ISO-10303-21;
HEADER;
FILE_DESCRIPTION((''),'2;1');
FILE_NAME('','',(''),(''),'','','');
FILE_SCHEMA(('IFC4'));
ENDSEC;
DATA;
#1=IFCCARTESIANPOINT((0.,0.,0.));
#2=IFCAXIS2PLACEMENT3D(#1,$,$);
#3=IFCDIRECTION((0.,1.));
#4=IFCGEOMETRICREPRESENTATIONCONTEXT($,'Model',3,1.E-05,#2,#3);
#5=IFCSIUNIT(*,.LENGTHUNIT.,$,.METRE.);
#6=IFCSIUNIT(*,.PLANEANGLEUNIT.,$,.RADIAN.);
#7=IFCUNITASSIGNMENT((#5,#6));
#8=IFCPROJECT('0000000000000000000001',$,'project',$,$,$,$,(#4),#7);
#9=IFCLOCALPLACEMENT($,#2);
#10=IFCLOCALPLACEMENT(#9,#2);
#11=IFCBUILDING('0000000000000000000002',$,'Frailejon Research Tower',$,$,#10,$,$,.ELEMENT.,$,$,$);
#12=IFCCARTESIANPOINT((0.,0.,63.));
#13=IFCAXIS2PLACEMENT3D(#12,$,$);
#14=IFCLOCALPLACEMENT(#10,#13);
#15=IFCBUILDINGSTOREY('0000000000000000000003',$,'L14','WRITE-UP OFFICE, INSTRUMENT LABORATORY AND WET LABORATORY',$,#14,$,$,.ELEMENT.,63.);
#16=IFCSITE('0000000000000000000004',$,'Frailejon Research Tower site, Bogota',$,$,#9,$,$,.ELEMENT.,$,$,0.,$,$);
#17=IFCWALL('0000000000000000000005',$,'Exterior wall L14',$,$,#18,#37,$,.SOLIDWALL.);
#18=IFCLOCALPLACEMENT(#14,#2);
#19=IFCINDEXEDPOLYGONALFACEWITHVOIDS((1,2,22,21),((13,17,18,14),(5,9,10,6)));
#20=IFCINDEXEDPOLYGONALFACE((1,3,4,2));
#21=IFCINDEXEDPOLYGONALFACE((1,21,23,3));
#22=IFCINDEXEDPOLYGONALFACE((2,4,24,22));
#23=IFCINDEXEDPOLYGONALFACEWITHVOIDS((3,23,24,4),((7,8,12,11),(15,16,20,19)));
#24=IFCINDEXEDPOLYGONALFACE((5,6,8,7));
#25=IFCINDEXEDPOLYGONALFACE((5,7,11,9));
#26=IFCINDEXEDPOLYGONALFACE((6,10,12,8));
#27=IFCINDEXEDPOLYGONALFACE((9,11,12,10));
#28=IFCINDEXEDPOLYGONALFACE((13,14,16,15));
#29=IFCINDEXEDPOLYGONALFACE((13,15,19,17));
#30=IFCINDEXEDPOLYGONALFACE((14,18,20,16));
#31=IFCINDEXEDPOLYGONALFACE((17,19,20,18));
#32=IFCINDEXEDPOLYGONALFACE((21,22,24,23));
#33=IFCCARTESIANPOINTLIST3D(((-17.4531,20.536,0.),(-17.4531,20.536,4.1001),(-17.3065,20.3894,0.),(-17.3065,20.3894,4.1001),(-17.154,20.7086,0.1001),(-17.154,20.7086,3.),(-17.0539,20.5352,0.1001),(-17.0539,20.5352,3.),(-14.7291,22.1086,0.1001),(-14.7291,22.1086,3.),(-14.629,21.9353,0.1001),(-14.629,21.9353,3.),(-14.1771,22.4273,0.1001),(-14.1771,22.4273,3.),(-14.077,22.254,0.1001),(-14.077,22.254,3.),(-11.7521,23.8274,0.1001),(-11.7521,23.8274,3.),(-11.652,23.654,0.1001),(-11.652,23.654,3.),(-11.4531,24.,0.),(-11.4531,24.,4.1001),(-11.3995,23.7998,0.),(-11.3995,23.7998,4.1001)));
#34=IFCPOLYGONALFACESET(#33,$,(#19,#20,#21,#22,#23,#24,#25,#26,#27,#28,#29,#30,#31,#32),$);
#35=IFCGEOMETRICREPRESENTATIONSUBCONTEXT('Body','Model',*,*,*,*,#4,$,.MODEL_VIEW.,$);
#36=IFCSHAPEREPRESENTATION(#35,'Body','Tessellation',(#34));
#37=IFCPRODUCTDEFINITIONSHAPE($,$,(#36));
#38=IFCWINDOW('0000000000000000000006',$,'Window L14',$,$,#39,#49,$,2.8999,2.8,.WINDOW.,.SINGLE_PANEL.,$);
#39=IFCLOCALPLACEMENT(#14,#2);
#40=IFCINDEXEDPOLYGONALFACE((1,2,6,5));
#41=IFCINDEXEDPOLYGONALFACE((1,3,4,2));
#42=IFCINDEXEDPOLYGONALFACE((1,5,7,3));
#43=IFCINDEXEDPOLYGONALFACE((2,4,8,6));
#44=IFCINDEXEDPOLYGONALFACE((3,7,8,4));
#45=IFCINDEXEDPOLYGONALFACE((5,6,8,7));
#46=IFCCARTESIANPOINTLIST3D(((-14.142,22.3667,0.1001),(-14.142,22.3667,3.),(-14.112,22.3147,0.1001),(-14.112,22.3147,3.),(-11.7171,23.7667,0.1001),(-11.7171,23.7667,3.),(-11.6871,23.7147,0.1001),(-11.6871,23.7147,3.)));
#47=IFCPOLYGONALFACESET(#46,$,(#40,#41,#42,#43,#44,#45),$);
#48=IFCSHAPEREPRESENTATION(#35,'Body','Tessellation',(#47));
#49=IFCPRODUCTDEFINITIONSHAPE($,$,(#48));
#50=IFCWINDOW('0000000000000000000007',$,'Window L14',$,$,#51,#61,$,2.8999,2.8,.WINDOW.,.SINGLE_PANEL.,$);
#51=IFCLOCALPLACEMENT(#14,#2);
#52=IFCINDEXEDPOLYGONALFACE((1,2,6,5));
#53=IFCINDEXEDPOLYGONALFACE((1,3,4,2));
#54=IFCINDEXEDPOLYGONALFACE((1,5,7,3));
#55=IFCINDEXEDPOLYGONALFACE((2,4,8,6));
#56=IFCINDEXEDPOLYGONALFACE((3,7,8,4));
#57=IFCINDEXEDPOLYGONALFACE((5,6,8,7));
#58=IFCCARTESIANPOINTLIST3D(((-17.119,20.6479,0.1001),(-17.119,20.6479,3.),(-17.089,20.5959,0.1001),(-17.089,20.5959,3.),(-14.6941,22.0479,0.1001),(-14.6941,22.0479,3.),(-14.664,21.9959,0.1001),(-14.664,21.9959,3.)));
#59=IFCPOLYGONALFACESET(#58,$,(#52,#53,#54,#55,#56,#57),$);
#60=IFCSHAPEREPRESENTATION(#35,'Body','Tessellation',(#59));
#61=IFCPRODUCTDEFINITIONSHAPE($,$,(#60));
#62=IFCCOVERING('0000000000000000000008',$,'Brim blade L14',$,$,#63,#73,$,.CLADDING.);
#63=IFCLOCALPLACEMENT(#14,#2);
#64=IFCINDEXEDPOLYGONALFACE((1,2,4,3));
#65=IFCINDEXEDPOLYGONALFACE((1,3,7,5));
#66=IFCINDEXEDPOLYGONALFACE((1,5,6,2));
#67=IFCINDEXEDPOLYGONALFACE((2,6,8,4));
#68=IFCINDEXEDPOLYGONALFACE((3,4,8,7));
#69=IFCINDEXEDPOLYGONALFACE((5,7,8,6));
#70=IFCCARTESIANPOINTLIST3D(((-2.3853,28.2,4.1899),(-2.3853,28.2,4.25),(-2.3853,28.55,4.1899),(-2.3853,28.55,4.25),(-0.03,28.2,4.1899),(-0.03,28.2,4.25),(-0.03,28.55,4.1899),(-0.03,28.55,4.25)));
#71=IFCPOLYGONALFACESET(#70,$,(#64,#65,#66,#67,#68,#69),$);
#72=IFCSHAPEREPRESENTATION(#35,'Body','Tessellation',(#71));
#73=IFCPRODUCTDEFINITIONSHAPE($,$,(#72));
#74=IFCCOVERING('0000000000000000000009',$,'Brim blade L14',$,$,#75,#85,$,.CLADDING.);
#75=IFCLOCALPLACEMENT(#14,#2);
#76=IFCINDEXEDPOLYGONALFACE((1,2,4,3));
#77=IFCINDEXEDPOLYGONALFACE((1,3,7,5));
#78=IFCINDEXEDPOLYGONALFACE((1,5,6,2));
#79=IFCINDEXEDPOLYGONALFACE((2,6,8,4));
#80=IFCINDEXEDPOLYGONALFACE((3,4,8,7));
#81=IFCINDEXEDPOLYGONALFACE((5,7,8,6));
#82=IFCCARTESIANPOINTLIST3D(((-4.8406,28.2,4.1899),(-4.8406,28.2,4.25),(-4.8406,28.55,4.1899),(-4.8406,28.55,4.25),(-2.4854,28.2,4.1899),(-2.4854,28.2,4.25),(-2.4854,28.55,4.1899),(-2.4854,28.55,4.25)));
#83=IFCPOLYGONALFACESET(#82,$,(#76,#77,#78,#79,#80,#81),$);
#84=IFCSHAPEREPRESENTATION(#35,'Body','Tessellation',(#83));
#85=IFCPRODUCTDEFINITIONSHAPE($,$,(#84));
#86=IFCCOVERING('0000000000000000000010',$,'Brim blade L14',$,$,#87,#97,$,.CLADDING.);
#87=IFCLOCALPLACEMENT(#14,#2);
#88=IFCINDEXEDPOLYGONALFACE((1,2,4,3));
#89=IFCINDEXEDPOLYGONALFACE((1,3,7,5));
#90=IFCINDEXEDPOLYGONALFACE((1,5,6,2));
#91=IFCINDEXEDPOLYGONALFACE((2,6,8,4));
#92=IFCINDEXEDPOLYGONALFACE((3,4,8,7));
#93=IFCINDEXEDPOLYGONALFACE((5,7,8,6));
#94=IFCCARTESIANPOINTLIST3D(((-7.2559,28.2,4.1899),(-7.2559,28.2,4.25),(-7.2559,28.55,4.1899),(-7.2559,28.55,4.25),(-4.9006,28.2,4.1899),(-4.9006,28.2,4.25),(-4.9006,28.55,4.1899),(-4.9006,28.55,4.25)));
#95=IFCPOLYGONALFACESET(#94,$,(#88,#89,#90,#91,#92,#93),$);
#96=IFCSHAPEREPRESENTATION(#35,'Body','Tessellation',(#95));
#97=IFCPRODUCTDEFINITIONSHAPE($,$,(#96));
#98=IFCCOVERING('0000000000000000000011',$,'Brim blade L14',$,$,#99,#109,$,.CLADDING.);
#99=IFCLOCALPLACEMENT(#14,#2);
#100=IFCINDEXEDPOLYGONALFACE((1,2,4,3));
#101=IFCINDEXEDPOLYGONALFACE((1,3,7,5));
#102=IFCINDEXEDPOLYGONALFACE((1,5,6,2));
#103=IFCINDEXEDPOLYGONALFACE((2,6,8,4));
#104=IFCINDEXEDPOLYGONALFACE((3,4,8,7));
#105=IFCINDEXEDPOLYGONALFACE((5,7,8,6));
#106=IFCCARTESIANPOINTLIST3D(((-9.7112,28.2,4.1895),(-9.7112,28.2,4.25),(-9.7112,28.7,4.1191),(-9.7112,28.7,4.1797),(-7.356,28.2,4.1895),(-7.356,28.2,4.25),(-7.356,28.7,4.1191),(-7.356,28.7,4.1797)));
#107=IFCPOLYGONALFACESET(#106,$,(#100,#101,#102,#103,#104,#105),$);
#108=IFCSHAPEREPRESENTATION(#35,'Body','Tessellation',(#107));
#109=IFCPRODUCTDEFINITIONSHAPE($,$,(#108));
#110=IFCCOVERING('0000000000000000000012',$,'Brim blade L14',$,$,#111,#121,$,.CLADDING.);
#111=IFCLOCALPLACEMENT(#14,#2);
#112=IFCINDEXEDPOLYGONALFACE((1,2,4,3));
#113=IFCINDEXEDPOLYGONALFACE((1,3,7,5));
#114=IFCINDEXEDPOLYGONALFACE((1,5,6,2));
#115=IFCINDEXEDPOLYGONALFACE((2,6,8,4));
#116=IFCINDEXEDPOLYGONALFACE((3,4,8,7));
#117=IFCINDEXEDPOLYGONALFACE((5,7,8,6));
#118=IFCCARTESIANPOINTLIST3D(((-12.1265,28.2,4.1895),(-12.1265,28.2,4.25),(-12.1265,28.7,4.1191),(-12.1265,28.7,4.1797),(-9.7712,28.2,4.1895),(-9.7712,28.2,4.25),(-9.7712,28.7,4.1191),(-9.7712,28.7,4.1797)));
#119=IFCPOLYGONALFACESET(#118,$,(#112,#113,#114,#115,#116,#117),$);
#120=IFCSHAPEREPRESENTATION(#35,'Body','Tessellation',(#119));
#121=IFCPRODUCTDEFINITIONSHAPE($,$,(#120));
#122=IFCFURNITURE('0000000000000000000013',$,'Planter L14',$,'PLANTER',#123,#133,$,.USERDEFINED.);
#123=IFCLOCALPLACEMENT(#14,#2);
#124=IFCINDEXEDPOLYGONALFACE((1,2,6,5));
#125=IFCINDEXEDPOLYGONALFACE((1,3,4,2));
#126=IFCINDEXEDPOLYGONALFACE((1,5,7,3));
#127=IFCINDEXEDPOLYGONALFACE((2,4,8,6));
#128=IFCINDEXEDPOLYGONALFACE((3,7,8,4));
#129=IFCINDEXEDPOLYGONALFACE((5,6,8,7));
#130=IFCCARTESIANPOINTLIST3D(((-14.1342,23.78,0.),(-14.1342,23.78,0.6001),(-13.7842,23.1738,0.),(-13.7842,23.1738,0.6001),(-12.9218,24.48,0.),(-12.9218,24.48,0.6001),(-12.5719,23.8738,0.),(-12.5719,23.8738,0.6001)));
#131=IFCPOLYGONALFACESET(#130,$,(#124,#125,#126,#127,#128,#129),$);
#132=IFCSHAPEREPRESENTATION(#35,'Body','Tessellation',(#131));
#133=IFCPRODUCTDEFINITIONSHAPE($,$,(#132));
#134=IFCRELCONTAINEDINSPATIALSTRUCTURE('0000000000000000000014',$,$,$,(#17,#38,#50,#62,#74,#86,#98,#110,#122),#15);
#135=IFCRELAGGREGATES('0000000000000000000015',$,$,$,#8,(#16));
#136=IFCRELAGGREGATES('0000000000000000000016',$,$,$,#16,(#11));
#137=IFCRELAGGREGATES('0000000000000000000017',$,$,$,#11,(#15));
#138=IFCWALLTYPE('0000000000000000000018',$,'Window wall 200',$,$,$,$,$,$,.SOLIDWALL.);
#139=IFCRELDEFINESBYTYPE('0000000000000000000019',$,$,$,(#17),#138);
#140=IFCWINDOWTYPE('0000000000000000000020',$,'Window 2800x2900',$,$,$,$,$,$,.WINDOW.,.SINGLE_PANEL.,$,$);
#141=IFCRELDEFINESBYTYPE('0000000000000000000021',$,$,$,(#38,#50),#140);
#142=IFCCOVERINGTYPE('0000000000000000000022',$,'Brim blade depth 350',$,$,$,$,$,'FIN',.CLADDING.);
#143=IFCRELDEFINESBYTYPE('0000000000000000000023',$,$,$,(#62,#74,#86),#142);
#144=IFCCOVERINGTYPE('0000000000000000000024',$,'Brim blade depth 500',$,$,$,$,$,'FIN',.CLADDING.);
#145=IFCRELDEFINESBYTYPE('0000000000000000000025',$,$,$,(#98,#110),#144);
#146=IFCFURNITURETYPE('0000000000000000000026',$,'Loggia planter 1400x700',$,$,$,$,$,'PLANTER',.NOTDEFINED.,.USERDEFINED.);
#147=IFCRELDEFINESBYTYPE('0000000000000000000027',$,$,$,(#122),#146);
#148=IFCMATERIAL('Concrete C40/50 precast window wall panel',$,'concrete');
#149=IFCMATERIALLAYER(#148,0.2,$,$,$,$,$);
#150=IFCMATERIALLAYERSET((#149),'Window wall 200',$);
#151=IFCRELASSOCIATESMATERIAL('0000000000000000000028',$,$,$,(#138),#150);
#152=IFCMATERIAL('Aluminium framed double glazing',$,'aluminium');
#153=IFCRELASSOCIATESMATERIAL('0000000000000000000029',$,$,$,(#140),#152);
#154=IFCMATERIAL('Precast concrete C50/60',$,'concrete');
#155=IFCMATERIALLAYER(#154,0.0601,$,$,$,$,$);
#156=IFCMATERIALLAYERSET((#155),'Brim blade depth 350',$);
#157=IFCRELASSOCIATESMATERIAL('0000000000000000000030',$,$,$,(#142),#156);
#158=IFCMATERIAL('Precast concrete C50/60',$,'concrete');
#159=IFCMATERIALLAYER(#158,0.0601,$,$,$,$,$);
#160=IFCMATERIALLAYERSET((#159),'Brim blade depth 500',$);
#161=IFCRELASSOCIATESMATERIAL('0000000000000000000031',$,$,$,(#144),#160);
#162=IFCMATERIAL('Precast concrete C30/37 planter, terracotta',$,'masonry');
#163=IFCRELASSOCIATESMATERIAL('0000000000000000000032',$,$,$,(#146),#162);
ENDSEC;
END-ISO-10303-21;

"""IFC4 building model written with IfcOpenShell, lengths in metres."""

from ifc_helpers import new_model, si_unit, direction, frame, frame_2d, origin, origin_2d, place, context, subcontext, project, spatial, polyline, rectangle, outline, extrude, material, layer, layer_set, type_object, element, fill, save


model = new_model("IFC4")

# Units and contexts
model_context = context("Model", 3, precision=1e-05, world=origin(), true_north=direction((0.0, 1.0)))
body_context = subcontext(model_context, "Body", "Model", "MODEL_VIEW")
ifc_project = project(units=[si_unit("LENGTHUNIT", "METRE"), si_unit("PLANEANGLEUNIT", "RADIAN")], contexts=[model_context])

# Site, building, storey
site_placement = place(None, origin())
site = spatial("IfcSite", under=ifc_project, at=site_placement, Name="Frailejon Research Tower site, Bogota", CompositionType="ELEMENT", RefElevation=0.0)
building_placement = place(site_placement, origin())
building = spatial("IfcBuilding", under=site, at=building_placement, Name="Frailejon Research Tower", CompositionType="ELEMENT")
storey_placement = place(building_placement, frame((0.0, 0.0, 63.0)))
storey = spatial("IfcBuildingStorey", under=building, at=storey_placement, Name="L14", Description="WRITE-UP OFFICE, INSTRUMENT LABORATORY AND WET LABORATORY", CompositionType="ELEMENT", Elevation=63.0)

# Wall, openings, windows
ifc_material_1 = material(Name="Concrete C40/50 precast window wall panel", Category="concrete")
ifc_layer_1 = layer(ifc_material_1, 0.2)
ifc_layer_set_1 = layer_set([ifc_layer_1], Name="Window wall 200")
wall_type_1 = type_object("IfcWallType", Name="Window wall 200", PredefinedType="SOLIDWALL", material=ifc_layer_set_1)
wall_1_placement = place(storey_placement, frame((-11.4263, 23.8999, 0.0), z_axis=(0.0, 0.0, 1.0), x_axis=(-0.866029, -0.499993, 0.0)))
wall_1 = element("IfcWall", 1, at=wall_1_placement, inside=storey, type_object=wall_type_1, Name="Exterior wall L14", PredefinedType="SOLIDWALL", context=body_context, shape_type="SweptSolid", body=[
    extrude(outline(polyline([(-0.0269, -0.1001), (1.1279, -0.1001), (2.2825, -0.1001), (3.4373, -0.1001), (4.592, -0.1001), (5.7466, -0.1001), (6.9014, -0.1001), (6.8477, 0.1001), (5.7109, 0.1001), (4.574, 0.1001), (3.4373, 0.1001), (2.3005, 0.1001), (1.1636, 0.1001), (0.0269, 0.1001), (-0.0269, -0.1001)])), origin(), (0.0, 0.0, 1.0), 4.1001),
])
opening_1_placement = place(wall_1_placement, frame((0.3186, 0.0, 0.1001)))
opening_1 = element("IfcOpeningElement", 2, at=opening_1_placement, cuts=wall_1, PredefinedType="OPENING", context=body_context, shape_type="SweptSolid", body=[
    extrude(rectangle(XDim=2.8, YDim=2.8999, at=frame_2d((1.3999, 1.45))), frame((0.0, 0.1099, 0.0), z_axis=(0.0, -1.0, 0.0), x_axis=(1.0, 0.0, 0.0)), (0.0, 0.0, 1.0), 0.22),
])
opening_2_placement = place(wall_1_placement, frame((3.7561, 0.0, 0.1001)))
opening_2 = element("IfcOpeningElement", 3, at=opening_2_placement, cuts=wall_1, PredefinedType="OPENING", context=body_context, shape_type="SweptSolid", body=[
    extrude(rectangle(XDim=2.8, YDim=2.8999, at=frame_2d((1.3999, 1.45))), frame((0.0, 0.1099, 0.0), z_axis=(0.0, -1.0, 0.0), x_axis=(1.0, 0.0, 0.0)), (0.0, 0.0, 1.0), 0.22),
])
ifc_material_2 = material(Name="Aluminium framed double glazing", Category="aluminium")
window_type = type_object("IfcWindowType", Name="Window 2800x2900", PartitioningType="SINGLE_PANEL", PredefinedType="WINDOW", material=ifc_material_2)
window_1_placement = place(opening_1_placement, origin())
window_1 = element("IfcWindow", 4, at=window_1_placement, inside=storey, type_object=window_type, Name="Window L14", OverallHeight=2.8999, OverallWidth=2.8, PartitioningType="SINGLE_PANEL", PredefinedType="WINDOW", context=body_context, shape_type="SweptSolid", body=[
    extrude(rectangle(XDim=2.8, YDim=2.8999, at=frame_2d((1.3999, 1.45))), frame((0.0, 0.03, 0.0), z_axis=(0.0, -1.0, 0.0), x_axis=(1.0, 0.0, 0.0)), (0.0, 0.0, 1.0), 0.0601),
])
fill(opening_1, window_1)
window_2_placement = place(opening_2_placement, origin())
window_2 = element("IfcWindow", 5, at=window_2_placement, inside=storey, type_object=window_type, Name="Window L14", OverallHeight=2.8999, OverallWidth=2.8, PartitioningType="SINGLE_PANEL", PredefinedType="WINDOW", context=body_context, shape_type="SweptSolid", body=[
    extrude(rectangle(XDim=2.8, YDim=2.8999, at=frame_2d((1.3999, 1.45))), frame((0.0, 0.03, 0.0), z_axis=(0.0, -1.0, 0.0), x_axis=(1.0, 0.0, 0.0)), (0.0, 0.0, 1.0), 0.0601),
])
fill(opening_2, window_2)

# Coverings
ifc_material_3 = material(Name="Precast concrete C50/60", Category="concrete")
ifc_layer_2 = layer(ifc_material_3, 0.0601)
ifc_layer_set_2 = layer_set([ifc_layer_2], Name="Brim blade depth 350")
covering_type_1 = type_object("IfcCoveringType", Name="Brim blade depth 350", ElementType="FIN", PredefinedType="CLADDING", material=ifc_layer_set_2)
for number, where, z_axis, x_axis, name in (
    (6, (-2.3853, 28.2, 4.25), (1.0, 0.0, 0.0), (0.0, 1.0, 0.0), "Brim blade L14"),
    (7, (-4.8406, 28.2, 4.25), (1.0, 0.0, 0.0), (0.0, 1.0, 0.0), "Brim blade L14"),
    (8, (-7.2559, 28.2, 4.25), (1.0, 0.0, 0.0), (0.0, 1.0, 0.0), "Brim blade L14"),
):
    element("IfcCovering", number, at=place(storey_placement, frame(where, z_axis=z_axis, x_axis=x_axis)), inside=storey, type_object=covering_type_1, Name=name, PredefinedType="CLADDING", context=body_context, shape_type="SweptSolid", body=[
        extrude(outline(polyline([(0.0, -0.0601), (0.3501, -0.0601), (0.3501, 0.0), (0.0, 0.0), (0.0, -0.0601)])), origin(), (0.0, 0.0, 1.0), 2.3552),
    ])
ifc_material_4 = material(Name="Precast concrete C50/60", Category="concrete")
ifc_layer_3 = layer(ifc_material_4, 0.0601)
ifc_layer_set_3 = layer_set([ifc_layer_3], Name="Brim blade depth 500")
covering_type_2 = type_object("IfcCoveringType", Name="Brim blade depth 500", ElementType="FIN", PredefinedType="CLADDING", material=ifc_layer_set_3)
for number, where, z_axis, x_axis, name in (
    (9, (-9.7112, 28.2, 4.25), (1.0, 0.0, 0.0), (0.0, 1.0, 0.0), "Brim blade L14"),
    (10, (-12.1265, 28.2, 4.25), (1.0, 0.0, 0.0), (0.0, 1.0, 0.0), "Brim blade L14"),
):
    element("IfcCovering", number, at=place(storey_placement, frame(where, z_axis=z_axis, x_axis=x_axis)), inside=storey, type_object=covering_type_2, Name=name, PredefinedType="CLADDING", context=body_context, shape_type="SweptSolid", body=[
        extrude(outline(polyline([(0.0, -0.0605), (0.5, -0.1309), (0.5, -0.0703), (0.0, 0.0), (0.0, -0.0605)])), origin(), (0.0, 0.0, 1.0), 2.3552),
    ])

# Furniture
ifc_material_5 = material(Name="Precast concrete C30/37 planter, terracotta", Category="masonry")
furniture_type = type_object("IfcFurnitureType", Name="Loggia planter 1400x700", ElementType="PLANTER", AssemblyPlace="NOTDEFINED", PredefinedType="USERDEFINED", material=ifc_material_5)
furniture_placement = place(storey_placement, frame((-13.353, 23.8269, 0.0), z_axis=(0.0, 0.0, 1.0), x_axis=(-0.866025, -0.5, 0.0)))
element("IfcFurniture", 11, at=furniture_placement, inside=storey, type_object=furniture_type, Name="Planter L14", ObjectType="PLANTER", PredefinedType="USERDEFINED", context=body_context, shape_type="SweptSolid", body=[
    extrude(rectangle(XDim=1.3999, YDim=0.7, at=origin_2d()), origin(), (0.0, 0.0, 1.0), 0.6001),
])

save(model, "model.ifc")
